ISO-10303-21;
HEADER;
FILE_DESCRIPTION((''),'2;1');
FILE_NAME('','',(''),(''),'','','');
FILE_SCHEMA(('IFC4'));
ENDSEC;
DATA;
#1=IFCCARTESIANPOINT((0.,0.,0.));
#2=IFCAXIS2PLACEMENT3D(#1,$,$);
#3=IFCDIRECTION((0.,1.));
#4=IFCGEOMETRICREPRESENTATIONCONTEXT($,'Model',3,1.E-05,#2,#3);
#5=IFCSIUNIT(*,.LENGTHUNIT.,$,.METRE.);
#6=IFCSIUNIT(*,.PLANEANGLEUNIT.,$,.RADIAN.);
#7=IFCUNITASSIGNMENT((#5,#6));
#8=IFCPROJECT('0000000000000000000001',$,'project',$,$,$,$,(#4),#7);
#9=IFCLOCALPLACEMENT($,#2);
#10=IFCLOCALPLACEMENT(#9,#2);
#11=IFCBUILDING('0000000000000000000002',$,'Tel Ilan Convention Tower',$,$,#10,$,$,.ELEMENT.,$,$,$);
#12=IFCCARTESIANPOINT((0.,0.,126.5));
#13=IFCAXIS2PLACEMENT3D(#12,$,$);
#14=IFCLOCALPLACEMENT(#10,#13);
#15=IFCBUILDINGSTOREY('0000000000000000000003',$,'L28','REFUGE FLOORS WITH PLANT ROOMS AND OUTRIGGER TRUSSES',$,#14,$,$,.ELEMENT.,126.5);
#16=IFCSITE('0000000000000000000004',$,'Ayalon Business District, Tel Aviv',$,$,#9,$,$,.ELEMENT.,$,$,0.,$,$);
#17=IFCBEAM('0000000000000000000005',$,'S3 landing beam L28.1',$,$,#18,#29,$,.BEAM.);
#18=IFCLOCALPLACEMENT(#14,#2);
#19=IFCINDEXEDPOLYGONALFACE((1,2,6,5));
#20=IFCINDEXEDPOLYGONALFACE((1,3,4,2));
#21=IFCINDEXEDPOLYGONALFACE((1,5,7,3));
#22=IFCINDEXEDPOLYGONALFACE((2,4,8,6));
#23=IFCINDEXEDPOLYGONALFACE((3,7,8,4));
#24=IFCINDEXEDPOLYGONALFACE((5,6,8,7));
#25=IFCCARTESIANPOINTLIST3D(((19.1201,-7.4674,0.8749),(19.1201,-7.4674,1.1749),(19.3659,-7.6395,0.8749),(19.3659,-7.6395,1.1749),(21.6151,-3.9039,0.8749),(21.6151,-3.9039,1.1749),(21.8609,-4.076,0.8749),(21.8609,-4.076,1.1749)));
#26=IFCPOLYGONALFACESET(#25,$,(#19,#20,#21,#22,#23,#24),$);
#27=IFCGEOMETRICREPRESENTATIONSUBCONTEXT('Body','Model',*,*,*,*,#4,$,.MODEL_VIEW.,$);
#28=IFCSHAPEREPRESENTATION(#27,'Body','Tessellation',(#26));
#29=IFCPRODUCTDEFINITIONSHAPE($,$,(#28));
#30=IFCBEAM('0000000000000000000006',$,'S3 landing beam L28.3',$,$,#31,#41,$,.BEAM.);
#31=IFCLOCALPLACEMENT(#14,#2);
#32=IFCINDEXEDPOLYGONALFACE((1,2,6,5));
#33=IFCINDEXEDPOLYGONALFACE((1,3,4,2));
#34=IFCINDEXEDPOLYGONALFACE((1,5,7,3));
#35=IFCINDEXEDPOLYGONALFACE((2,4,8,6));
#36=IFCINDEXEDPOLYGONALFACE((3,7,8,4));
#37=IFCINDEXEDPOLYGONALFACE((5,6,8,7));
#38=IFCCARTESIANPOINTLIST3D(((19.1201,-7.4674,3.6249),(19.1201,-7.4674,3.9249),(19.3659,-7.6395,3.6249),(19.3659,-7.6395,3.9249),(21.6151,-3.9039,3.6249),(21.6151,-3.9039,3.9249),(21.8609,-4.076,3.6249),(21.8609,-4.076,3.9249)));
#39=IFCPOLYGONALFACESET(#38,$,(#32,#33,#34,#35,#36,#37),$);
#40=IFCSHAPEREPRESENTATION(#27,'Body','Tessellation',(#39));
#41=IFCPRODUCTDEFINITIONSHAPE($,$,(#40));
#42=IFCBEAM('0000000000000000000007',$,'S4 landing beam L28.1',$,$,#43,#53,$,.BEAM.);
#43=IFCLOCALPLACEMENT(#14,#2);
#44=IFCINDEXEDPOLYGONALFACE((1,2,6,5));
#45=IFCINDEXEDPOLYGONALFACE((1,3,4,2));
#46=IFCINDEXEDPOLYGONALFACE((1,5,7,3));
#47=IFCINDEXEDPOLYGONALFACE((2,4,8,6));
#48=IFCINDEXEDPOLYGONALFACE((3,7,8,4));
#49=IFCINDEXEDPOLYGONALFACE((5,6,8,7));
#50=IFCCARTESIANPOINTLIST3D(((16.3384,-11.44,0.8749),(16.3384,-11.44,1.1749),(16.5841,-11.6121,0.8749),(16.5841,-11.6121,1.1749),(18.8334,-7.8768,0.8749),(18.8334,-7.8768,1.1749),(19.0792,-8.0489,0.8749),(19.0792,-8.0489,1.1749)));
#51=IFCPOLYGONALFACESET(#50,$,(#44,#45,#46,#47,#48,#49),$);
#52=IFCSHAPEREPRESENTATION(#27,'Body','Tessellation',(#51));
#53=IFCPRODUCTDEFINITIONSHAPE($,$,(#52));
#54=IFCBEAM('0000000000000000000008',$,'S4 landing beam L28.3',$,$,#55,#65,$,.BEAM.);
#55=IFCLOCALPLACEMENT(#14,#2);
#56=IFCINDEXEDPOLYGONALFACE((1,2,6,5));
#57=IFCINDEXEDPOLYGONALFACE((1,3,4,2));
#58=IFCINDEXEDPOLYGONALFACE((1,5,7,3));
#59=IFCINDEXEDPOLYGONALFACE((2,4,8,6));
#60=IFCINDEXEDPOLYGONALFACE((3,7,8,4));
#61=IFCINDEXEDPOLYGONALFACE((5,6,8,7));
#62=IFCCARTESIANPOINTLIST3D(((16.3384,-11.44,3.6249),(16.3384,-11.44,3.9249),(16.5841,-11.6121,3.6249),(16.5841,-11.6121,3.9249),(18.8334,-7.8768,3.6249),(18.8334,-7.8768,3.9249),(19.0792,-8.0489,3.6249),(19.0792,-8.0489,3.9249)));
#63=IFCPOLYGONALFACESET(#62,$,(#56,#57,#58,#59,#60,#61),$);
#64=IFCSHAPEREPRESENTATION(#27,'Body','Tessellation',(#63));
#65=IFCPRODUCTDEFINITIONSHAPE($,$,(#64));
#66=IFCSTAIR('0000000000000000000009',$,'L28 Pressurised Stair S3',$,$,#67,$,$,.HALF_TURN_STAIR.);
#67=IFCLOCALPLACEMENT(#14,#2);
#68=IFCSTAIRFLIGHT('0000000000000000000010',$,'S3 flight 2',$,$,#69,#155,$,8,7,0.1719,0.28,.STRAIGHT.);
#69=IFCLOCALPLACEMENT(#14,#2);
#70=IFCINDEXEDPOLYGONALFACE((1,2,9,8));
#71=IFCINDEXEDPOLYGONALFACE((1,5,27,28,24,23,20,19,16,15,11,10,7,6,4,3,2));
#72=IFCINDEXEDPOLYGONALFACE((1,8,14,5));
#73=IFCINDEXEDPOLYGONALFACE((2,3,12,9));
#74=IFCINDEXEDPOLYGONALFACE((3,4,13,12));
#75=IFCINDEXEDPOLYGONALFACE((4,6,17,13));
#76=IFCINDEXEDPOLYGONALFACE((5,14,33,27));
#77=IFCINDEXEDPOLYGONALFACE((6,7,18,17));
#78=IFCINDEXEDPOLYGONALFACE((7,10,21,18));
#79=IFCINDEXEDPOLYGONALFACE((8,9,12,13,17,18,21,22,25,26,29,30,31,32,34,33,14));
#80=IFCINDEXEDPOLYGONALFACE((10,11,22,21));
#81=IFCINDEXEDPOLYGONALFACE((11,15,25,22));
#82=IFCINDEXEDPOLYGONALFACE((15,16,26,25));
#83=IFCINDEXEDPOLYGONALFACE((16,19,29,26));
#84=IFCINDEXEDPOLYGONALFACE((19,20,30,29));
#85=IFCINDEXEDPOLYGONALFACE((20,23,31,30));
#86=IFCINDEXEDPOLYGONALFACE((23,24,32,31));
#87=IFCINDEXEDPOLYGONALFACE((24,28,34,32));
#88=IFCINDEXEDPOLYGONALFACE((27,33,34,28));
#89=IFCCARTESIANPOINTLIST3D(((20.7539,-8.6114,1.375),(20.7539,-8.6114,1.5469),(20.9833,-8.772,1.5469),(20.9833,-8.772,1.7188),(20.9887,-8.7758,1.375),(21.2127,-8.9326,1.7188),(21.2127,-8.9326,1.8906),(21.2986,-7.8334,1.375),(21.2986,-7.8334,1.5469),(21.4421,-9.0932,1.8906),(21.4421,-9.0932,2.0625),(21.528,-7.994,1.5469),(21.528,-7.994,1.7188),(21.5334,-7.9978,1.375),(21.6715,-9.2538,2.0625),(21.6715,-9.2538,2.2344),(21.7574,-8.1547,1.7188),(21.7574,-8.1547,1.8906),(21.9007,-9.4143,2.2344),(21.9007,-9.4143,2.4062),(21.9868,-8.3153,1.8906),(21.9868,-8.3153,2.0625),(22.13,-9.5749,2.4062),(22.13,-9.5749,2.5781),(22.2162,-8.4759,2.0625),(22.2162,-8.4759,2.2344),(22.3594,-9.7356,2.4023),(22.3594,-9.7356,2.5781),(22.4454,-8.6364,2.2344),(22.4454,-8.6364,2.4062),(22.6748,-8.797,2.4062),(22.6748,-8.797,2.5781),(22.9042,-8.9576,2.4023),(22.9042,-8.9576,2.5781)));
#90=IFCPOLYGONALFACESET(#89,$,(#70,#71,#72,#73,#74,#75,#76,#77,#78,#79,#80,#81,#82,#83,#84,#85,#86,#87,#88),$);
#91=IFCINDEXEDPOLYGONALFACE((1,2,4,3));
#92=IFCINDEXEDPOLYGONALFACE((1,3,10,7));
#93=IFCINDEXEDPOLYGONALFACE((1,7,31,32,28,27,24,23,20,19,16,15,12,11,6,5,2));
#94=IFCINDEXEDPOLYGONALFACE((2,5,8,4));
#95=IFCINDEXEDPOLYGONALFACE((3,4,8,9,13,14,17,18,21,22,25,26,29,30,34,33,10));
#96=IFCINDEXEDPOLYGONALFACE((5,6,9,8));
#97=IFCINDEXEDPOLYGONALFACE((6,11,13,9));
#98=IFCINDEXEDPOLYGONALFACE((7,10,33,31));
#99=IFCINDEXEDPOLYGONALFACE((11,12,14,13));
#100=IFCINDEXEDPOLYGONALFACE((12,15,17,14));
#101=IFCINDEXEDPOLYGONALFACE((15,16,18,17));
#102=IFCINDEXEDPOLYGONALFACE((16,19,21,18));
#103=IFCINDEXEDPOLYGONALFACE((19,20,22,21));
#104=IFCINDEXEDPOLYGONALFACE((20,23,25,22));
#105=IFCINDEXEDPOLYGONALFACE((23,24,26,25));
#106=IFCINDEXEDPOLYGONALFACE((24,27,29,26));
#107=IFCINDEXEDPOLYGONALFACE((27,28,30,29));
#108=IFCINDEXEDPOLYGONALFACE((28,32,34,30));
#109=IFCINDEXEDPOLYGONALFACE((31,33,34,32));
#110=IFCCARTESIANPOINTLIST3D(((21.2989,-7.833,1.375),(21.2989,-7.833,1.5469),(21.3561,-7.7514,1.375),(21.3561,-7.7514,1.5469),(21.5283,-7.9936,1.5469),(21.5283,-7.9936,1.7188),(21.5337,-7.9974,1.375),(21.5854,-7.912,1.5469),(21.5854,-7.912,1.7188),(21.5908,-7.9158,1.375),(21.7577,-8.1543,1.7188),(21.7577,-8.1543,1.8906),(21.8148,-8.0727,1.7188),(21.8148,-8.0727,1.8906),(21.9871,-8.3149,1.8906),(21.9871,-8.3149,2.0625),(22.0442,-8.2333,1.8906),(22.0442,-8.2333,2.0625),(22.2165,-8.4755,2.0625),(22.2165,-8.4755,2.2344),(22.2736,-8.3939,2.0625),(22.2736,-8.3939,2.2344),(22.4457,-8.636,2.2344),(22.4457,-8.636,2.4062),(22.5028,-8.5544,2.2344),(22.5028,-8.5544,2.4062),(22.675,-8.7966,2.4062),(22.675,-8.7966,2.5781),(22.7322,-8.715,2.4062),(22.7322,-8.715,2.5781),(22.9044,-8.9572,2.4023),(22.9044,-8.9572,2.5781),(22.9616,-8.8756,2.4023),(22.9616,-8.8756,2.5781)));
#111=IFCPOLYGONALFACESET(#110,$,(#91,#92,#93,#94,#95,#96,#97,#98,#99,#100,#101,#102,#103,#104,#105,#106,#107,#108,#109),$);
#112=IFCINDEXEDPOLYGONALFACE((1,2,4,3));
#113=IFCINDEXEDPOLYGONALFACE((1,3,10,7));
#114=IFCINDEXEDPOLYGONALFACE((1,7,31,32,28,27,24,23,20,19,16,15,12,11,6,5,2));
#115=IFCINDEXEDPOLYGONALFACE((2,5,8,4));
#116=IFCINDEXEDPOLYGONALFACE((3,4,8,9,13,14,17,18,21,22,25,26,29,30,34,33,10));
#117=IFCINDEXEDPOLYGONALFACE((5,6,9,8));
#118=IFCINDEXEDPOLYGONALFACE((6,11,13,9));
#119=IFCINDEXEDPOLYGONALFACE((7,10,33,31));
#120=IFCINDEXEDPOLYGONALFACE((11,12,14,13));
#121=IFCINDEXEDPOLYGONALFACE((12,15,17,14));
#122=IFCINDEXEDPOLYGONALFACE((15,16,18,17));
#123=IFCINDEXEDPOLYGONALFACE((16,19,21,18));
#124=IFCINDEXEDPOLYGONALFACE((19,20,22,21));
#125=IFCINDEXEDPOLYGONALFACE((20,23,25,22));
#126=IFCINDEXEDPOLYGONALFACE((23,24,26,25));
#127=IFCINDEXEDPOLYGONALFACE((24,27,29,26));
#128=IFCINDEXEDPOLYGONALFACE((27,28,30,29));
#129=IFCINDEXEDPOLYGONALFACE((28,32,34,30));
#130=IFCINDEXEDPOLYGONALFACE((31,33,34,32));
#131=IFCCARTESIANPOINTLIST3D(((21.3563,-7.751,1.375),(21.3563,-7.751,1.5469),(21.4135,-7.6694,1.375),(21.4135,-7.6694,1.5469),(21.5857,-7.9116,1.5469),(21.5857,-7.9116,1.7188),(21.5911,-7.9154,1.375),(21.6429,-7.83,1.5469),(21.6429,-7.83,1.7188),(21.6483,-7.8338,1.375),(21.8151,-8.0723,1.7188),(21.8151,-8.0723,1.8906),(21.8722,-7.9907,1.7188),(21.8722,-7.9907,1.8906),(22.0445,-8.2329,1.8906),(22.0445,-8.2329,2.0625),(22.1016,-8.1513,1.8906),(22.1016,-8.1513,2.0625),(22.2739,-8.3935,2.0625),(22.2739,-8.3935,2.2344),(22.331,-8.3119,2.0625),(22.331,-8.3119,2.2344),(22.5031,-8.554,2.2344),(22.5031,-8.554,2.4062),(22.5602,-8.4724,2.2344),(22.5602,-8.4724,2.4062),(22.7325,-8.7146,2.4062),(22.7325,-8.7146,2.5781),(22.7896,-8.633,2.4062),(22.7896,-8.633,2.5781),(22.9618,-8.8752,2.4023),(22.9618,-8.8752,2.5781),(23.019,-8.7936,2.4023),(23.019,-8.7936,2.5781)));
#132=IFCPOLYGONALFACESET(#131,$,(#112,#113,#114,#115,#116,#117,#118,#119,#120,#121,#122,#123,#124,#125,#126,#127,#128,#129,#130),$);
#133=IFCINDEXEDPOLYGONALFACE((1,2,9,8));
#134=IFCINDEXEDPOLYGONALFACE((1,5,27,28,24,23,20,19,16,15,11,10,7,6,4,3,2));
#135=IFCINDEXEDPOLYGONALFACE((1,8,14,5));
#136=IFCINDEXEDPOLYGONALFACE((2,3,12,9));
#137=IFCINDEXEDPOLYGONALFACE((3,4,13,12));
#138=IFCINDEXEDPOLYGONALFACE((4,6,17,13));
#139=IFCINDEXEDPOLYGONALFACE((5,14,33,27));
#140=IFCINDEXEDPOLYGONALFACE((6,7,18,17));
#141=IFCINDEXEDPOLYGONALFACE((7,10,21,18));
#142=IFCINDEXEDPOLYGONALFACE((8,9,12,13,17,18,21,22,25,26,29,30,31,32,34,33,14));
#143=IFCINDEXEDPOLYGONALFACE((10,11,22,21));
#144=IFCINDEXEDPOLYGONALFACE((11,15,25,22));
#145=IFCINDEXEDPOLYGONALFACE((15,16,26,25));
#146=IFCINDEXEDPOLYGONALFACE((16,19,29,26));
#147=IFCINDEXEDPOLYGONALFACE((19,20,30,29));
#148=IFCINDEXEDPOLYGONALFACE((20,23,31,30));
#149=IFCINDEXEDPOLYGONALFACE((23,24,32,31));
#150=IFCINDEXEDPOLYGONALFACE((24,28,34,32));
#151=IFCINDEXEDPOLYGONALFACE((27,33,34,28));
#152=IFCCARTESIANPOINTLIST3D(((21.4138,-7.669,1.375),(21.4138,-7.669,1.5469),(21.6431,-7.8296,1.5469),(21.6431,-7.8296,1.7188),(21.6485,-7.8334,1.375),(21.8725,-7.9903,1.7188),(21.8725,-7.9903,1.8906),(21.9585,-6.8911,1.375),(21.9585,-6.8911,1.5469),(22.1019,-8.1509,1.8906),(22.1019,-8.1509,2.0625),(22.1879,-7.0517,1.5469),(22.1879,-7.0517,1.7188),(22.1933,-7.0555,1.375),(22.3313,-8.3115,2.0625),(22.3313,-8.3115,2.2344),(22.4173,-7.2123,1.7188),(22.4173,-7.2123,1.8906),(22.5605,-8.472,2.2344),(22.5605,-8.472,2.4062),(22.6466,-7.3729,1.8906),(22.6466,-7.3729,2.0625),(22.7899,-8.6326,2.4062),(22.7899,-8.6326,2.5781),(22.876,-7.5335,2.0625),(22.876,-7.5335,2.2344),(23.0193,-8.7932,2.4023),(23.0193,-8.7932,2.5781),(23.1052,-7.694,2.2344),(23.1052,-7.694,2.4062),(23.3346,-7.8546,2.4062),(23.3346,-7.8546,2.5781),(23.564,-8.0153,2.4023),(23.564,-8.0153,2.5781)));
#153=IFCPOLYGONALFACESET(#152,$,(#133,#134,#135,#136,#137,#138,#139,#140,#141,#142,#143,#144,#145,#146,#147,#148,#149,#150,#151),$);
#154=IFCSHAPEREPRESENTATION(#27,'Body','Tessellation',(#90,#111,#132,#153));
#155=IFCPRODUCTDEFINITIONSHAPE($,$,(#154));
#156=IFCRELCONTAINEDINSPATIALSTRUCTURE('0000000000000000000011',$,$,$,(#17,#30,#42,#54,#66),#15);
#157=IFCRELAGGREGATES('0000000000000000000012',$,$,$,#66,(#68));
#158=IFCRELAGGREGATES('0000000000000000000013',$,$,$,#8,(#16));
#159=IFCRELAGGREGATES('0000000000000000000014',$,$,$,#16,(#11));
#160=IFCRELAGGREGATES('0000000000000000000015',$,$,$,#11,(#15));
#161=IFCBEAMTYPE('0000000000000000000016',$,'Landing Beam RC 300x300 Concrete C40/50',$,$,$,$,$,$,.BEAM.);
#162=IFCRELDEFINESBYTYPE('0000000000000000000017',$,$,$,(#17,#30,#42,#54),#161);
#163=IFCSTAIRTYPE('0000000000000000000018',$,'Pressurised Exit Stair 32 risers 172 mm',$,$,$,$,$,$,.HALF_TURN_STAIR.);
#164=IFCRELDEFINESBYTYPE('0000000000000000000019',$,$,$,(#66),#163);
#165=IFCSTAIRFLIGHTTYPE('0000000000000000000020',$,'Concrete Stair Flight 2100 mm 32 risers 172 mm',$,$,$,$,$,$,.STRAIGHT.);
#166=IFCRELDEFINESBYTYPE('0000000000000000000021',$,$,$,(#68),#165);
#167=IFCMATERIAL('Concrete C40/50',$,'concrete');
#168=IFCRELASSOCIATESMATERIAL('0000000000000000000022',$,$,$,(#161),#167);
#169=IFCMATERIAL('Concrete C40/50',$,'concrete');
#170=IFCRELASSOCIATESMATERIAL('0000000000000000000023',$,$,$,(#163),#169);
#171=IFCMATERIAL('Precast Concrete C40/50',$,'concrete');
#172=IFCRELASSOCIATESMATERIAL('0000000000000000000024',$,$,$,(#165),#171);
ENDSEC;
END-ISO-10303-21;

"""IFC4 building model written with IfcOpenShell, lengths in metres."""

from ifc_helpers import new_model, si_unit, direction, frame, origin, origin_2d, place, context, subcontext, project, spatial, polyline, rectangle, outline, extrude, material, material_profile, profile_set, type_object, element, aggregate, save


model = new_model("IFC4")

# Units and contexts
model_context = context("Model", 3, precision=1e-05, world=origin(), true_north=direction((0.0, 1.0)))
body_context = subcontext(model_context, "Body", "Model", "MODEL_VIEW")
ifc_project = project(units=[si_unit("LENGTHUNIT", "METRE"), si_unit("PLANEANGLEUNIT", "RADIAN")], contexts=[model_context])

# Site, building, storey
site_placement = place(None, origin())
site = spatial("IfcSite", under=ifc_project, at=site_placement, Name="Ayalon Business District, Tel Aviv", CompositionType="ELEMENT", RefElevation=0.0)
building_placement = place(site_placement, origin())
building = spatial("IfcBuilding", under=site, at=building_placement, Name="Tel Ilan Convention Tower", CompositionType="ELEMENT")
storey_placement = place(building_placement, frame((0.0, 0.0, 126.5)))
storey = spatial("IfcBuildingStorey", under=building, at=storey_placement, Name="L28", Description="REFUGE FLOORS WITH PLANT ROOMS AND OUTRIGGER TRUSSES", CompositionType="ELEMENT", Elevation=126.5)

# Beams
ifc_material_1 = material(Name="Concrete C40/50", Category="concrete")
ifc_material_profile = material_profile(ifc_material_1, rectangle(XDim=0.3, YDim=0.3, at=origin_2d()), Name="RC 300x300")
ifc_profile_set = profile_set([ifc_material_profile], Name="Concrete C40/50")
beam_type = type_object("IfcBeamType", Name="Landing Beam RC 300x300 Concrete C40/50", PredefinedType="BEAM", material=ifc_profile_set)
for number, where, z_axis, x_axis, name in (
    (1, (21.738, -3.99, 1.0249), (-0.573568, -0.819158, 0.0), (0.819158, -0.573568, 0.0), "S3 landing beam L28.1"),
    (2, (21.738, -3.99, 3.7749), (-0.573568, -0.819158, 0.0), (0.819158, -0.573568, 0.0), "S3 landing beam L28.3"),
):
    element("IfcBeam", number, at=place(storey_placement, frame(where, z_axis=z_axis, x_axis=x_axis)), inside=storey, type_object=beam_type, Name=name, PredefinedType="BEAM", context=body_context, shape_type="SweptSolid", body=[
        extrude(rectangle(XDim=0.3, YDim=0.3, at=origin_2d()), origin(), (0.0, 0.0, 1.0), 4.3501),
    ])
for number, where, z_axis, x_axis, name in (
    (3, (18.9563, -7.9629, 1.0249), (-0.573594, -0.81914, 0.0), (0.81914, -0.573594, 0.0), "S4 landing beam L28.1"),
    (4, (18.9563, -7.9629, 3.7749), (-0.573594, -0.81914, 0.0), (0.81914, -0.573594, 0.0), "S4 landing beam L28.3"),
):
    element("IfcBeam", number, at=place(storey_placement, frame(where, z_axis=z_axis, x_axis=x_axis)), inside=storey, type_object=beam_type, Name=name, PredefinedType="BEAM", context=body_context, shape_type="SweptSolid", body=[
        extrude(rectangle(XDim=0.3, YDim=0.3, at=origin_2d()), origin(), (0.0, 0.0, 1.0), 4.3499),
    ])

# Stair, stair flight
ifc_material_2 = material(Name="Concrete C40/50", Category="concrete")
stair_type = type_object("IfcStairType", Name="Pressurised Exit Stair 32 risers 172 mm", PredefinedType="HALF_TURN_STAIR", material=ifc_material_2)
stair_placement = place(storey_placement, origin())
stair = element("IfcStair", 5, at=stair_placement, inside=storey, type_object=stair_type, Name="L28 Pressurised Stair S3", PredefinedType="HALF_TURN_STAIR")
ifc_material_3 = material(Name="Precast Concrete C40/50", Category="concrete")
stair_flight_type = type_object("IfcStairFlightType", Name="Concrete Stair Flight 2100 mm 32 risers 172 mm", PredefinedType="STRAIGHT", material=ifc_material_3)
stair_flight_1_placement = place(storey_placement, frame((21.3562, -7.7512, 1.375), z_axis=(0.0, 0.0, 1.0), x_axis=(0.819152, -0.573576, 0.0)))
stair_flight_1 = element("IfcStairFlight", 6, at=stair_flight_1_placement, type_object=stair_flight_type, Name="S3 flight 2", NumberOfRisers=8, NumberOfTreads=7, PredefinedType="STRAIGHT", RiserHeight=0.1719, TreadLength=0.28, context=body_context, shape_type="SweptSolid", body=[
    extrude(outline(polyline([(0.0, 0.0), (0.0, 0.1719), (0.28, 0.1719), (0.28, 0.3438), (0.5601, 0.3438), (0.5601, 0.5156), (0.8401, 0.5156), (0.8401, 0.6875), (1.1201, 0.6875), (1.1201, 0.8594), (1.3999, 0.8594), (1.3999, 1.0312), (1.6799, 1.0312), (1.6799, 1.2031), (1.96, 1.2031), (1.96, 1.375), (1.96, 1.0273), (0.2866, 0.0), (0.0, 0.0)])), frame((0.0, -0.1003, 0.0), z_axis=(0.0, -1.0, 0.0), x_axis=(1.0, 0.0, 0.0)), (0.0, 0.0, 1.0), 0.9497),
    extrude(outline(polyline([(0.0, 0.0), (0.0, 0.1719), (0.28, 0.1719), (0.28, 0.3438), (0.5601, 0.3438), (0.5601, 0.5156), (0.8401, 0.5156), (0.8401, 0.6875), (1.1201, 0.6875), (1.1201, 0.8594), (1.3999, 0.8594), (1.3999, 1.0312), (1.6799, 1.0312), (1.6799, 1.2031), (1.96, 1.2031), (1.96, 1.375), (1.96, 1.0273), (0.2866, 0.0), (0.0, 0.0)])), frame((0.0, -0.0002, 0.0), z_axis=(0.0, -1.0, 0.0), x_axis=(1.0, 0.0, 0.0)), (0.0, 0.0, 1.0), 0.0996),
    extrude(outline(polyline([(0.0, 0.0), (0.0, 0.1719), (0.28, 0.1719), (0.28, 0.3438), (0.5601, 0.3438), (0.5601, 0.5156), (0.8401, 0.5156), (0.8401, 0.6875), (1.1201, 0.6875), (1.1201, 0.8594), (1.3999, 0.8594), (1.3999, 1.0312), (1.6799, 1.0312), (1.6799, 1.2031), (1.96, 1.2031), (1.96, 1.375), (1.96, 1.0273), (0.2866, 0.0), (0.0, 0.0)])), frame((0.0, 0.0999, 0.0), z_axis=(0.0, -1.0, 0.0), x_axis=(1.0, 0.0, 0.0)), (0.0, 0.0, 1.0), 0.0996),
    extrude(outline(polyline([(0.0, 0.0), (0.0, 0.1719), (0.28, 0.1719), (0.28, 0.3438), (0.5601, 0.3438), (0.5601, 0.5156), (0.8401, 0.5156), (0.8401, 0.6875), (1.1201, 0.6875), (1.1201, 0.8594), (1.3999, 0.8594), (1.3999, 1.0312), (1.6799, 1.0312), (1.6799, 1.2031), (1.96, 1.2031), (1.96, 1.375), (1.96, 1.0273), (0.2866, 0.0), (0.0, 0.0)])), frame((0.0, 1.05, 0.0), z_axis=(0.0, -1.0, 0.0), x_axis=(1.0, 0.0, 0.0)), (0.0, 0.0, 1.0), 0.9497),
])
aggregate(stair, [stair_flight_1])

save(model, "model.ifc")
